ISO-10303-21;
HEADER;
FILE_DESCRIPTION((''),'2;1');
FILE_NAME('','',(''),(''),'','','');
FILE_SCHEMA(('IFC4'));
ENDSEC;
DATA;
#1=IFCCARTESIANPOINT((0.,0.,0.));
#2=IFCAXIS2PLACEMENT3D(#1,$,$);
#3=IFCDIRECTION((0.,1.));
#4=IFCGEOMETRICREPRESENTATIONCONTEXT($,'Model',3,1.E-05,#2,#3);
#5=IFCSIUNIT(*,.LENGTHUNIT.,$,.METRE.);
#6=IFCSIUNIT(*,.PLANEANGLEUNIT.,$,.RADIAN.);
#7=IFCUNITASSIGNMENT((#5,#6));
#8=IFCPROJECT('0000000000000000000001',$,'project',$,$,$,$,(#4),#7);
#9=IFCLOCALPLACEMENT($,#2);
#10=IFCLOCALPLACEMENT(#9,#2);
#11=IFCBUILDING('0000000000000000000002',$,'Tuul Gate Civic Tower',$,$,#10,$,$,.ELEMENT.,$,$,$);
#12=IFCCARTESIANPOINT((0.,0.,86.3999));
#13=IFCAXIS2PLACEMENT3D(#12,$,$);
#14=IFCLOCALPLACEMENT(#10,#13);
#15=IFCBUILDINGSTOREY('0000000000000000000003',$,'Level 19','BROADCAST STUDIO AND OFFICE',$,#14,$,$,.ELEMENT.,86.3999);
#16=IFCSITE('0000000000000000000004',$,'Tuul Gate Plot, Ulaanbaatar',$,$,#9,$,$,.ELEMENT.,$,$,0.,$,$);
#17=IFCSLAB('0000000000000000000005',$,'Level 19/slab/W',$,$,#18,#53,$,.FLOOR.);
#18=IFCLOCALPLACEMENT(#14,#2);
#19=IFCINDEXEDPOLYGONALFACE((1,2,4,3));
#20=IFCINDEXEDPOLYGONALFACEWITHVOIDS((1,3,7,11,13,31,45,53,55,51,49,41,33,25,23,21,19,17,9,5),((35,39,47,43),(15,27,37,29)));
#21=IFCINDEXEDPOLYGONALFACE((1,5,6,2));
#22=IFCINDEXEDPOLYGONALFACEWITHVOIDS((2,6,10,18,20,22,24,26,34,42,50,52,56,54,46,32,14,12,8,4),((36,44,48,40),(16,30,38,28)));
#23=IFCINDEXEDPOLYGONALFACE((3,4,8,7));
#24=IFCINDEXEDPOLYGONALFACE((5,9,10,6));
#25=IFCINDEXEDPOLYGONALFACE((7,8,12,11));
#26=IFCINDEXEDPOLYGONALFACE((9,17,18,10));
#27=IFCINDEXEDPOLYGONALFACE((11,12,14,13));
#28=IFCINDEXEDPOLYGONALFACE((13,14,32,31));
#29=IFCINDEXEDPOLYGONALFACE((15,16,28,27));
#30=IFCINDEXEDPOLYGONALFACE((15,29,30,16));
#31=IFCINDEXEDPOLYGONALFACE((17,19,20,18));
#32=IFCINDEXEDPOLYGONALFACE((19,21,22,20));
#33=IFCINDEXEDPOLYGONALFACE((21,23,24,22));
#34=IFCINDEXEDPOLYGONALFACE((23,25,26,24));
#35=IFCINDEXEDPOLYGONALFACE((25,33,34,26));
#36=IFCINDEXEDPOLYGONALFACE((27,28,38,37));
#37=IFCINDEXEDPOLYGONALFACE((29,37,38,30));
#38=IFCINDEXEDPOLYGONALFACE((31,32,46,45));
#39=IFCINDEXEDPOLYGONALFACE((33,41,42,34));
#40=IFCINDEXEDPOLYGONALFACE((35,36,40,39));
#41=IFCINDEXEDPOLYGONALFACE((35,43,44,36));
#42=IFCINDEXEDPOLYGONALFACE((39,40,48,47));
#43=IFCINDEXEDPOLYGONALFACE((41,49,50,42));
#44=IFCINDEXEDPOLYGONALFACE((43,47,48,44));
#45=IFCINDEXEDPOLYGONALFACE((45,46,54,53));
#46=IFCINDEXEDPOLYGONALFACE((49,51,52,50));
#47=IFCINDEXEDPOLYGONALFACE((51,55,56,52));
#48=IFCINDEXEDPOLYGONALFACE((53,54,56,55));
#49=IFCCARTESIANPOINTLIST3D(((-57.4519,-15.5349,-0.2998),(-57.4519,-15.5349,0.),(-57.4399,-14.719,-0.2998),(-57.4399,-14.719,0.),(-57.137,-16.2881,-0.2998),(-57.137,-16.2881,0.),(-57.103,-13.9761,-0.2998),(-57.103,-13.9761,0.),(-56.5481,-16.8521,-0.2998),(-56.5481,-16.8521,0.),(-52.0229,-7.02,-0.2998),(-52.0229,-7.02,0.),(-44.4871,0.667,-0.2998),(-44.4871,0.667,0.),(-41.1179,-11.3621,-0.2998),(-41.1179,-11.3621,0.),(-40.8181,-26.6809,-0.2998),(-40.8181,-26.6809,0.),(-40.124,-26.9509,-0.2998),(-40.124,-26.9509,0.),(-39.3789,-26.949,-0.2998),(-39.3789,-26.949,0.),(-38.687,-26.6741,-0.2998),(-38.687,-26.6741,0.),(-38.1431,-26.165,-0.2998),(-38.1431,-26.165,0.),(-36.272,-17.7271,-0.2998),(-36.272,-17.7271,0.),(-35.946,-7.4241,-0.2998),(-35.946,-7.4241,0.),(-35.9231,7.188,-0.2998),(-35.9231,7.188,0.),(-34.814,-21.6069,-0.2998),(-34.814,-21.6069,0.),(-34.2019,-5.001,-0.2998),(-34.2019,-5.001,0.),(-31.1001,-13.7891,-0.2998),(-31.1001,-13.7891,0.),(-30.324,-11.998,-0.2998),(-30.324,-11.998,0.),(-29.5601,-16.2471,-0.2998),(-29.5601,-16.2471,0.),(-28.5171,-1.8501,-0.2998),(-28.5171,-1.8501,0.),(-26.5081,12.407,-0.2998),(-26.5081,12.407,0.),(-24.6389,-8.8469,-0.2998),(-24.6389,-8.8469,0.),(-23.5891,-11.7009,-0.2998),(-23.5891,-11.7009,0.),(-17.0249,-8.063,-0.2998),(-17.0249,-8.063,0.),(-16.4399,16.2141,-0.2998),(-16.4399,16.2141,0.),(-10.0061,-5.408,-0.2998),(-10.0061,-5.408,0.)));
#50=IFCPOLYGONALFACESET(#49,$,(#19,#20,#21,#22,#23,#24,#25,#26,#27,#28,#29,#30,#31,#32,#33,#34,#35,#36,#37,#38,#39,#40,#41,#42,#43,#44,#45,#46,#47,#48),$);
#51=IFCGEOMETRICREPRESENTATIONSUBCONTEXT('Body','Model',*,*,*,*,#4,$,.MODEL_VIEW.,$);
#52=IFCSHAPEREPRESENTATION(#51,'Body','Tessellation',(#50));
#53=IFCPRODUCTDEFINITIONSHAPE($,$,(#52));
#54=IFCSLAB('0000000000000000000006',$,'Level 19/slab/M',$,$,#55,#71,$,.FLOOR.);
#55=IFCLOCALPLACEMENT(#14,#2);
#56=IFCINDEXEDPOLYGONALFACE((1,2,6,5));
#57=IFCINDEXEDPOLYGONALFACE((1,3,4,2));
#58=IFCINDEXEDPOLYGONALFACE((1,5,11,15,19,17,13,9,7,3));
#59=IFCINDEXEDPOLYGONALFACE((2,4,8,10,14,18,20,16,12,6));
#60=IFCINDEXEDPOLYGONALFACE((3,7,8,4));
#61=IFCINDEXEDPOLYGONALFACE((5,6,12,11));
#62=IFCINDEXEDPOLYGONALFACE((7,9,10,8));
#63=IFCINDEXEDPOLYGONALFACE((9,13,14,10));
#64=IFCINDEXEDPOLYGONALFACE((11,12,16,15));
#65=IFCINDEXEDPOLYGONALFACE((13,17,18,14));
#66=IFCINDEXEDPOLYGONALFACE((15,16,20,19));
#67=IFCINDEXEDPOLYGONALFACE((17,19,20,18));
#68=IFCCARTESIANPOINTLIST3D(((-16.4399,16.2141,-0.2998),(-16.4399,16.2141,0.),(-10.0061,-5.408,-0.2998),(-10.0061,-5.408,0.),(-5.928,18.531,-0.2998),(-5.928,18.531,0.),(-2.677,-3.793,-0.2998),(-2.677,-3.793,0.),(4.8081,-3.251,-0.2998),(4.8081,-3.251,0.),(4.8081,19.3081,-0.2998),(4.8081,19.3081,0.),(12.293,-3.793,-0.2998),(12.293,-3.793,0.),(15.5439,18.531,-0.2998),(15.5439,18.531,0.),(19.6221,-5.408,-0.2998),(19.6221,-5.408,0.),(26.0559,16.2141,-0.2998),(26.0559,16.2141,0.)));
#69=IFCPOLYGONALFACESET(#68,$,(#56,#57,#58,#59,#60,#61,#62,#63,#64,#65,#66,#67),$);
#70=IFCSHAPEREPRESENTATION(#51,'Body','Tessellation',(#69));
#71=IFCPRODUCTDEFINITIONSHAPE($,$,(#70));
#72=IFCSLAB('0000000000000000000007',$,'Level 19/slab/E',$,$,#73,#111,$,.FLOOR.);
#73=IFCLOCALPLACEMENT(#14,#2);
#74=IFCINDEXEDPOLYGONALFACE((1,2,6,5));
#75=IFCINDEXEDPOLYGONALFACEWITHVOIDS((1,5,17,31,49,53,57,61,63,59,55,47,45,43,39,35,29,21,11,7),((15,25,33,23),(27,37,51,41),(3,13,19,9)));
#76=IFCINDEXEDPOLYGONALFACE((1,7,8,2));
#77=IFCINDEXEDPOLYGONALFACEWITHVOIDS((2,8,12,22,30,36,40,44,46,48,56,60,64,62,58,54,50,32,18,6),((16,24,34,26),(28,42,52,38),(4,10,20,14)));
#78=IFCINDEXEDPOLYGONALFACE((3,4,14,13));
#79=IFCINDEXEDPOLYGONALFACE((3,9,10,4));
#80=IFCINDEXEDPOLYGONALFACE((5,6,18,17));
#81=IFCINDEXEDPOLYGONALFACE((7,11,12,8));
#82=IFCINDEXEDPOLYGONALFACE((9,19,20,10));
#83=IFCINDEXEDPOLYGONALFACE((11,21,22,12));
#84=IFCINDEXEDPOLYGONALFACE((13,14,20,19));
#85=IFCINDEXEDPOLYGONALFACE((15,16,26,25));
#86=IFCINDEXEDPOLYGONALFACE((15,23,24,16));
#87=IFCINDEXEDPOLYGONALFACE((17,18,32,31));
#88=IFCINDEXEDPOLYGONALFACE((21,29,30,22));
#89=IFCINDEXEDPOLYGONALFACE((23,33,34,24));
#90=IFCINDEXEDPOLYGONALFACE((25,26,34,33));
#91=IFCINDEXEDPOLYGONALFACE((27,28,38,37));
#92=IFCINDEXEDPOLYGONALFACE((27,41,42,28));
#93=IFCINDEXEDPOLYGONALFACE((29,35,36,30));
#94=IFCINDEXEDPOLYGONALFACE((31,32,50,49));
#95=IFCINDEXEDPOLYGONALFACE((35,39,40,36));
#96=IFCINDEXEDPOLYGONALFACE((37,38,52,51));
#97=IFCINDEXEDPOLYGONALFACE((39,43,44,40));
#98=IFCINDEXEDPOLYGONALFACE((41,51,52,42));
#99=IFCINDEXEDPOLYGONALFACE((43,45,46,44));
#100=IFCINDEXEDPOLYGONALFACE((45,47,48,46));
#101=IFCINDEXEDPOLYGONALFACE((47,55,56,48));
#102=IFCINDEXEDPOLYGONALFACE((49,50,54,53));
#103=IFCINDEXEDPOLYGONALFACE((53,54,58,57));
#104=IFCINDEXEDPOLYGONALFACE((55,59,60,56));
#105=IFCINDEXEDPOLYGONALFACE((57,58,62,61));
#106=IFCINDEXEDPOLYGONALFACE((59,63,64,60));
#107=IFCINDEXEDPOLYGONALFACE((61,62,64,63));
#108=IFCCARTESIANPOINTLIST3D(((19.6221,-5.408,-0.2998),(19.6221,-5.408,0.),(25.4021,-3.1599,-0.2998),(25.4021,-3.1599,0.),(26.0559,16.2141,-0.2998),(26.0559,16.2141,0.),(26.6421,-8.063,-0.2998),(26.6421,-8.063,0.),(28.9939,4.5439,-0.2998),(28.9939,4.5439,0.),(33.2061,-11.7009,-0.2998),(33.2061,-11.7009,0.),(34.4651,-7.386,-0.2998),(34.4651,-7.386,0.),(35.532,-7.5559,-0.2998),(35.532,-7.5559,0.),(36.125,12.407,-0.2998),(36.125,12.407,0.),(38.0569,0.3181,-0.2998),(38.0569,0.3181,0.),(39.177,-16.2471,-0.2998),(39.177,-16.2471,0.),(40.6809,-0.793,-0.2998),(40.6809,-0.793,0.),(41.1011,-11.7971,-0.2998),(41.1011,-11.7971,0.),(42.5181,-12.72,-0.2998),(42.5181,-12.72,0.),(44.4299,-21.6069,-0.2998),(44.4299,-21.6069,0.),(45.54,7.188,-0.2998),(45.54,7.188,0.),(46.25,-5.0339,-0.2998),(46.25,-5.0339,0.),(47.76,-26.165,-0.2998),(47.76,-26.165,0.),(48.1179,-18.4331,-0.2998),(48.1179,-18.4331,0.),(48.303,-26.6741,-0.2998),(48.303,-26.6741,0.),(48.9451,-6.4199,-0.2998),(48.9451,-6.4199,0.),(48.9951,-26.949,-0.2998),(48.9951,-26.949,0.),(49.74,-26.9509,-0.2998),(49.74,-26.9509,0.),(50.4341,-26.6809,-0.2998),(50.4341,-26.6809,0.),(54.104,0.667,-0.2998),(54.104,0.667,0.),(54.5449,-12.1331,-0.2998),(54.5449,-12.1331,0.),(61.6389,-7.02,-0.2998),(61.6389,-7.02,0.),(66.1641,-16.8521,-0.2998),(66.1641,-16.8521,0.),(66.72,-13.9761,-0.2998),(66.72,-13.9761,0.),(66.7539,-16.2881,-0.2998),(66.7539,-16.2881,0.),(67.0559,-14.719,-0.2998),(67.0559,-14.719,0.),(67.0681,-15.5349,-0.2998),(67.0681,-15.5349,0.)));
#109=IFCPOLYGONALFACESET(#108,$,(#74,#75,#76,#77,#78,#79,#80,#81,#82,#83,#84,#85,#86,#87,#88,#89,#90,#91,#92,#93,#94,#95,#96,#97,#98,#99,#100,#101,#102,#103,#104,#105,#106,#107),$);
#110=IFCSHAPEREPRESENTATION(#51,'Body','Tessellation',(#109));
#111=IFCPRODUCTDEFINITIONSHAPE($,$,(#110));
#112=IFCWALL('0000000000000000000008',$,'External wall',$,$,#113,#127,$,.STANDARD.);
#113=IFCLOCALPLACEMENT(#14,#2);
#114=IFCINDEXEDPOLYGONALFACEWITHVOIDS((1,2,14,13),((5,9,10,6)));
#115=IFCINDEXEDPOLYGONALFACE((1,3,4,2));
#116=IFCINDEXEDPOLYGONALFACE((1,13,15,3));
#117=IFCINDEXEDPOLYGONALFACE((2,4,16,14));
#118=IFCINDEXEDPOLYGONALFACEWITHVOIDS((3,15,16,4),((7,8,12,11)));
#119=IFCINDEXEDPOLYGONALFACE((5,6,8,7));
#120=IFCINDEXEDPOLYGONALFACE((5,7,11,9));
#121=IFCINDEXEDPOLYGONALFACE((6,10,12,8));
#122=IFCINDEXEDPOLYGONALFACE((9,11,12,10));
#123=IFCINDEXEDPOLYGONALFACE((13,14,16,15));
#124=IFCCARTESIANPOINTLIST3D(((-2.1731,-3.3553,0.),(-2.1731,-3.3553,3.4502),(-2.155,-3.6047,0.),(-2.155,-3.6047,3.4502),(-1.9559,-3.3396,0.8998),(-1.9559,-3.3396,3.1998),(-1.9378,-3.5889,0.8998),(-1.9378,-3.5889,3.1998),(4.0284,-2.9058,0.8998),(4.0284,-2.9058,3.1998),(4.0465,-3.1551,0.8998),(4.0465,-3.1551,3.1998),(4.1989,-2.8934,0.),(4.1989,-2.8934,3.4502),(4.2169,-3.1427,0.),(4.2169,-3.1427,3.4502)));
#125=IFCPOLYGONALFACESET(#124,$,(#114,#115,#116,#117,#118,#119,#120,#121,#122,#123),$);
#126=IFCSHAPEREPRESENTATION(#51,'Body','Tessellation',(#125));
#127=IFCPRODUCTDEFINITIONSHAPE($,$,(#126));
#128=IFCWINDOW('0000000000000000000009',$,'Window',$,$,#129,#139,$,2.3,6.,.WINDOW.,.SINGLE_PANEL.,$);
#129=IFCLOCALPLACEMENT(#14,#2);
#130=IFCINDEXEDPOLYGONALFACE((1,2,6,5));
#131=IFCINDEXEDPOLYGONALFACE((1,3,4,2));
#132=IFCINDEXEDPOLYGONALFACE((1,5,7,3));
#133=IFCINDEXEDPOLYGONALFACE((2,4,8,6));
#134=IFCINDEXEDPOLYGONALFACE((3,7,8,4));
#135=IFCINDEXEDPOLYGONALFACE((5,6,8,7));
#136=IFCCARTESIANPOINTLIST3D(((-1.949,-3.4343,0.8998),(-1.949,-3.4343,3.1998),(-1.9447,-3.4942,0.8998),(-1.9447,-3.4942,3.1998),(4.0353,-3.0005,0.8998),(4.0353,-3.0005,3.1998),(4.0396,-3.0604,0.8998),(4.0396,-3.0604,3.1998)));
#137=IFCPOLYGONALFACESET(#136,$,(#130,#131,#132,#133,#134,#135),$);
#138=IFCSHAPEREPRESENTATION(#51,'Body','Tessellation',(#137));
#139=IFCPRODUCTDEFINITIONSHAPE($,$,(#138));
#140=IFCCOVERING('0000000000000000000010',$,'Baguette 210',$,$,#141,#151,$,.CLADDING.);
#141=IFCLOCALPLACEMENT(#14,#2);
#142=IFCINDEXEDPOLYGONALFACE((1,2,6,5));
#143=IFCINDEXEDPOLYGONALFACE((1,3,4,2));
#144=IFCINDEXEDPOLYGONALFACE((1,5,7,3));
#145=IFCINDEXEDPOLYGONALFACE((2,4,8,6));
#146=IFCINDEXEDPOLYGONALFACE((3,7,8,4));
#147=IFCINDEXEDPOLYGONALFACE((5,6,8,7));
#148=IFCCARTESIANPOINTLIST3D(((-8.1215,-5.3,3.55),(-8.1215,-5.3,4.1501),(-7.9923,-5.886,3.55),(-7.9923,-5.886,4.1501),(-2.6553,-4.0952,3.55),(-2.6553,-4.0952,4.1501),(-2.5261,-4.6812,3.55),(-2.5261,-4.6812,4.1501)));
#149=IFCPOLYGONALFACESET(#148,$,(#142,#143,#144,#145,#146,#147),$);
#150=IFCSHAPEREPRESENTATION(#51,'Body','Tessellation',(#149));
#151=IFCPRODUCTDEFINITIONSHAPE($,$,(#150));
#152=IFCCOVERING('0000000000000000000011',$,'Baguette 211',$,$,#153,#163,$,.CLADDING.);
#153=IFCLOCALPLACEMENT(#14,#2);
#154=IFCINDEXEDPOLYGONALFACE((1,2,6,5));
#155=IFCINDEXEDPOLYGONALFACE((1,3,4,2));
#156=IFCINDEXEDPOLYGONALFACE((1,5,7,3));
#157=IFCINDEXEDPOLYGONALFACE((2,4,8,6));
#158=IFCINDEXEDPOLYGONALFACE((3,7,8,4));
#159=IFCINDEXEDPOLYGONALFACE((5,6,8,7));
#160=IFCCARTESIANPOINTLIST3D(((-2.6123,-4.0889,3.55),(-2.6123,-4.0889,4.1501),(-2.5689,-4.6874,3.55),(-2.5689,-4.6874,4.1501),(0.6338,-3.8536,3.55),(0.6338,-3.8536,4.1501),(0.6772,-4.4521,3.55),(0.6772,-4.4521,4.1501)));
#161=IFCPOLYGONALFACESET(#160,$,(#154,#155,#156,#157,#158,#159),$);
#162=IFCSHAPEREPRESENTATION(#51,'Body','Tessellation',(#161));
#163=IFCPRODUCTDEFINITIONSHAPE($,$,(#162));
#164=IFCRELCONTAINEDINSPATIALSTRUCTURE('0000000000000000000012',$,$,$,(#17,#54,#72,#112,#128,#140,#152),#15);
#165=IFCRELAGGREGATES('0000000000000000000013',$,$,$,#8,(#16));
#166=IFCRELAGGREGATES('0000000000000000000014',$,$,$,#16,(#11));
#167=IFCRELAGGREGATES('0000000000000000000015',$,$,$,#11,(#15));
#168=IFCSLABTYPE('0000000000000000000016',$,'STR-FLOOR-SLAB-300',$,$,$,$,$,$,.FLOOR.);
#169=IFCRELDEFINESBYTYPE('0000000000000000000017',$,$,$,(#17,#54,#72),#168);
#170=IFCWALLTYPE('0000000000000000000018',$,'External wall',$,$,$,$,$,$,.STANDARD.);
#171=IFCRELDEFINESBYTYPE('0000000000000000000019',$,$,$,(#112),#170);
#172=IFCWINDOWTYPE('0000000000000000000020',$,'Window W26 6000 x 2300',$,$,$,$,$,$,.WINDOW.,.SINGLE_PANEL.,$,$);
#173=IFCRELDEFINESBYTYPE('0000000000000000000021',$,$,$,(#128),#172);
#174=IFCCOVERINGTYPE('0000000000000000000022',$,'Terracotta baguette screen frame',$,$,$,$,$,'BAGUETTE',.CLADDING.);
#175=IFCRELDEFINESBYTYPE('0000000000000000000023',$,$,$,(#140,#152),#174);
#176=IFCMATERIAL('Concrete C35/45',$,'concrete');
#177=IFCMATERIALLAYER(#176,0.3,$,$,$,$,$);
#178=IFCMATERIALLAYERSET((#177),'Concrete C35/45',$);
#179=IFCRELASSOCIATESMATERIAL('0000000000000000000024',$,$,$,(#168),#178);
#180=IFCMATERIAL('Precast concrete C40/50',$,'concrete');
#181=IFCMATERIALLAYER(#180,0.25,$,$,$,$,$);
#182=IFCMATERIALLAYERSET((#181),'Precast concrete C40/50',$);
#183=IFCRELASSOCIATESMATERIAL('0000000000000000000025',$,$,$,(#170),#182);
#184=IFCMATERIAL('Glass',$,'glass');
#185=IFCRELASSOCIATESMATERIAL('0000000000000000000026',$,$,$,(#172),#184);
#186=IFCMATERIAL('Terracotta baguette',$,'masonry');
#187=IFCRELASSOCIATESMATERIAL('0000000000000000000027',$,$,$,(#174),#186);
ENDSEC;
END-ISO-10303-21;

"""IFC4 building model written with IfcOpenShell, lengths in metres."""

from ifc_helpers import new_model, si_unit, direction, frame, frame_2d, origin, origin_2d, place, context, subcontext, project, spatial, polyline, rectangle, outline, extrude, material, layer, layer_set, material_profile, profile_set, type_object, element, fill, save


model = new_model("IFC4")

# Units and contexts
model_context = context("Model", 3, precision=1e-05, world=origin(), true_north=direction((0.0, 1.0)))
body_context = subcontext(model_context, "Body", "Model", "MODEL_VIEW")
ifc_project = project(units=[si_unit("LENGTHUNIT", "METRE"), si_unit("PLANEANGLEUNIT", "RADIAN")], contexts=[model_context])

# Site, building, storey
site_placement = place(None, origin())
site = spatial("IfcSite", under=ifc_project, at=site_placement, Name="Tuul Gate Plot, Ulaanbaatar", CompositionType="ELEMENT", RefElevation=0.0)
building_placement = place(site_placement, origin())
building = spatial("IfcBuilding", under=site, at=building_placement, Name="Tuul Gate Civic Tower", CompositionType="ELEMENT")
storey_placement = place(building_placement, frame((0.0, 0.0, 86.3999)))
storey = spatial("IfcBuildingStorey", under=building, at=storey_placement, Name="Level 19", Description="BROADCAST STUDIO AND OFFICE", CompositionType="ELEMENT", Elevation=86.3999)

# Slabs
ifc_material_1 = material(Name="Concrete C35/45", Category="concrete")
ifc_layer_1 = layer(ifc_material_1, 0.3)
ifc_layer_set_1 = layer_set([ifc_layer_1], Name="Concrete C35/45")
slab_type_1 = type_object("IfcSlabType", Name="STR-FLOOR-SLAB-300", PredefinedType="FLOOR", material=ifc_layer_set_1)
slab_1_placement = place(storey_placement, frame((0.0, 0.0, -0.2998)))
element("IfcSlab", 1, at=slab_1_placement, inside=storey, type_object=slab_type_1, Name="Level 19/slab/W", PredefinedType="FLOOR", context=body_context, shape_type="SweptSolid", body=[
    extrude(outline(polyline([(-10.0061, -5.408), (-16.4399, 16.2141), (-26.5081, 12.407), (-35.9231, 7.188), (-44.4871, 0.667), (-52.0229, -7.02), (-57.103, -13.9761), (-57.4399, -14.719), (-57.4519, -15.5349), (-57.137, -16.2881), (-56.5481, -16.8521), (-40.8181, -26.6809), (-40.124, -26.9509), (-39.3789, -26.949), (-38.687, -26.6741), (-38.1431, -26.165), (-34.814, -21.6069), (-29.5601, -16.2471), (-23.5891, -11.7009), (-17.0249, -8.063), (-10.0061, -5.408)]), holes=[polyline([(-31.1001, -13.7891), (-36.272, -17.7271), (-41.1179, -11.3621), (-35.946, -7.4241), (-31.1001, -13.7891)]), polyline([(-24.6389, -8.8469), (-30.324, -11.998), (-34.2019, -5.001), (-28.5171, -1.8501), (-24.6389, -8.8469)])]), origin(), (0.0, 0.0, 1.0), 0.2998),
])
slab_2_placement = place(storey_placement, frame((0.0, 0.0, -0.2998)))
element("IfcSlab", 2, at=slab_2_placement, inside=storey, type_object=slab_type_1, Name="Level 19/slab/M", PredefinedType="FLOOR", context=body_context, shape_type="SweptSolid", body=[
    extrude(outline(polyline([(19.6221, -5.408), (26.0559, 16.2141), (15.5439, 18.531), (4.8081, 19.3081), (-5.928, 18.531), (-16.4399, 16.2141), (-10.0061, -5.408), (-2.677, -3.793), (4.8081, -3.251), (12.293, -3.793), (19.6221, -5.408)])), origin(), (0.0, 0.0, 1.0), 0.2998),
])
slab_3_placement = place(storey_placement, frame((0.0, 0.0, -0.2998)))
element("IfcSlab", 3, at=slab_3_placement, inside=storey, type_object=slab_type_1, Name="Level 19/slab/E", PredefinedType="FLOOR", context=body_context, shape_type="SweptSolid", body=[
    extrude(outline(polyline([(49.74, -26.9509), (50.4341, -26.6809), (66.1641, -16.8521), (66.7539, -16.2881), (67.0681, -15.5349), (67.0559, -14.719), (66.72, -13.9761), (61.6389, -7.02), (54.104, 0.667), (45.54, 7.188), (36.125, 12.407), (26.0559, 16.2141), (19.6221, -5.408), (26.6421, -8.063), (33.2061, -11.7009), (39.177, -16.2471), (44.4299, -21.6069), (47.76, -26.165), (48.303, -26.6741), (48.9951, -26.949), (49.74, -26.9509)]), holes=[polyline([(48.1179, -18.4331), (42.5181, -12.72), (48.9451, -6.4199), (54.5449, -12.1331), (48.1179, -18.4331)]), polyline([(35.532, -7.5559), (40.6809, -0.793), (46.25, -5.0339), (41.1011, -11.7971), (35.532, -7.5559)]), polyline([(25.4021, -3.1599), (28.9939, 4.5439), (38.0569, 0.3181), (34.4651, -7.386), (25.4021, -3.1599)])]), origin(), (0.0, 0.0, 1.0), 0.2998),
])

# Wall, opening, window
ifc_material_2 = material(Name="Precast concrete C40/50", Category="concrete")
ifc_layer_2 = layer(ifc_material_2, 0.25)
ifc_layer_set_2 = layer_set([ifc_layer_2], Name="Precast concrete C40/50")
wall_type = type_object("IfcWallType", Name="External wall", PredefinedType="STANDARD", material=ifc_layer_set_2)
wall_placement = place(storey_placement, frame((-2.1641, -3.48, 0.0), z_axis=(0.0, 0.0, 1.0), x_axis=(0.997383, 0.072301, 0.0)))
wall = element("IfcWall", 4, at=wall_placement, inside=storey, type_object=wall_type, Name="External wall", PredefinedType="STANDARD", context=body_context, shape_type="SweptSolid", body=[
    extrude(rectangle(XDim=6.3887, YDim=0.25, at=frame_2d((3.1943, 0.0))), origin(), (0.0, 0.0, 1.0), 3.4502),
])
opening_placement = place(wall_placement, frame((0.2178, 0.0, 0.8999)))
opening = element("IfcOpeningElement", 5, at=opening_placement, cuts=wall, PredefinedType="OPENING", context=body_context, shape_type="SweptSolid", body=[
    extrude(rectangle(XDim=6.0, YDim=2.3, at=frame_2d((3.0, 1.1499))), frame((0.0, 0.135, 0.0), z_axis=(0.0, -1.0, 0.0), x_axis=(1.0, 0.0, 0.0)), (0.0, 0.0, 1.0), 0.27),
])
ifc_material_3 = material(Name="Glass", Category="glass")
window_type = type_object("IfcWindowType", Name="Window W26 6000 x 2300", PartitioningType="SINGLE_PANEL", PredefinedType="WINDOW", material=ifc_material_3)
window_placement = place(opening_placement, origin())
window = element("IfcWindow", 6, at=window_placement, inside=storey, type_object=window_type, Name="Window", OverallHeight=2.3, OverallWidth=6.0, PartitioningType="SINGLE_PANEL", PredefinedType="WINDOW", context=body_context, shape_type="SweptSolid", body=[
    extrude(rectangle(XDim=6.0, YDim=2.3, at=frame_2d((3.0, 1.1499))), frame((0.0, 0.03, 0.0), z_axis=(0.0, -1.0, 0.0), x_axis=(1.0, 0.0, 0.0)), (0.0, 0.0, 1.0), 0.0601),
])
fill(opening, window)

# Coverings
ifc_material_4 = material(Name="Terracotta baguette", Category="masonry")
ifc_material_profile_1 = material_profile(ifc_material_4, rectangle(XDim=0.6001, YDim=0.6001, at=origin_2d()), Name="Terracotta baguette screen frame")
ifc_profile_set_1 = profile_set([ifc_material_profile_1], Name="Terracotta baguette")
covering_type = type_object("IfcCoveringType", Name="Terracotta baguette screen frame", ElementType="BAGUETTE", PredefinedType="CLADDING", material=ifc_profile_set_1)
covering_1_placement = place(storey_placement, frame((-8.0569, -5.593, 3.8501), z_axis=(0.97656, 0.215245, 0.0), x_axis=(-0.215245, 0.97656, 0.0)))
element("IfcCovering", 7, at=covering_1_placement, inside=storey, type_object=covering_type, Name="Baguette 210", PredefinedType="CLADDING", context=body_context, shape_type="SweptSolid", body=[
    extrude(rectangle(XDim=0.6001, YDim=0.6001, at=origin_2d()), origin(), (0.0, 0.0, 1.0), 5.5974),
])
covering_2_placement = place(storey_placement, frame((-2.5906, -4.3882, 3.8501), z_axis=(0.997382, 0.072313, 0.0), x_axis=(-0.072313, 0.997382, 0.0)))
element("IfcCovering", 8, at=covering_2_placement, inside=storey, type_object=covering_type, Name="Baguette 211", PredefinedType="CLADDING", context=body_context, shape_type="SweptSolid", body=[
    extrude(rectangle(XDim=0.6001, YDim=0.6001, at=origin_2d()), origin(), (0.0, 0.0, 1.0), 3.2546),
])

save(model, "model.ifc")
